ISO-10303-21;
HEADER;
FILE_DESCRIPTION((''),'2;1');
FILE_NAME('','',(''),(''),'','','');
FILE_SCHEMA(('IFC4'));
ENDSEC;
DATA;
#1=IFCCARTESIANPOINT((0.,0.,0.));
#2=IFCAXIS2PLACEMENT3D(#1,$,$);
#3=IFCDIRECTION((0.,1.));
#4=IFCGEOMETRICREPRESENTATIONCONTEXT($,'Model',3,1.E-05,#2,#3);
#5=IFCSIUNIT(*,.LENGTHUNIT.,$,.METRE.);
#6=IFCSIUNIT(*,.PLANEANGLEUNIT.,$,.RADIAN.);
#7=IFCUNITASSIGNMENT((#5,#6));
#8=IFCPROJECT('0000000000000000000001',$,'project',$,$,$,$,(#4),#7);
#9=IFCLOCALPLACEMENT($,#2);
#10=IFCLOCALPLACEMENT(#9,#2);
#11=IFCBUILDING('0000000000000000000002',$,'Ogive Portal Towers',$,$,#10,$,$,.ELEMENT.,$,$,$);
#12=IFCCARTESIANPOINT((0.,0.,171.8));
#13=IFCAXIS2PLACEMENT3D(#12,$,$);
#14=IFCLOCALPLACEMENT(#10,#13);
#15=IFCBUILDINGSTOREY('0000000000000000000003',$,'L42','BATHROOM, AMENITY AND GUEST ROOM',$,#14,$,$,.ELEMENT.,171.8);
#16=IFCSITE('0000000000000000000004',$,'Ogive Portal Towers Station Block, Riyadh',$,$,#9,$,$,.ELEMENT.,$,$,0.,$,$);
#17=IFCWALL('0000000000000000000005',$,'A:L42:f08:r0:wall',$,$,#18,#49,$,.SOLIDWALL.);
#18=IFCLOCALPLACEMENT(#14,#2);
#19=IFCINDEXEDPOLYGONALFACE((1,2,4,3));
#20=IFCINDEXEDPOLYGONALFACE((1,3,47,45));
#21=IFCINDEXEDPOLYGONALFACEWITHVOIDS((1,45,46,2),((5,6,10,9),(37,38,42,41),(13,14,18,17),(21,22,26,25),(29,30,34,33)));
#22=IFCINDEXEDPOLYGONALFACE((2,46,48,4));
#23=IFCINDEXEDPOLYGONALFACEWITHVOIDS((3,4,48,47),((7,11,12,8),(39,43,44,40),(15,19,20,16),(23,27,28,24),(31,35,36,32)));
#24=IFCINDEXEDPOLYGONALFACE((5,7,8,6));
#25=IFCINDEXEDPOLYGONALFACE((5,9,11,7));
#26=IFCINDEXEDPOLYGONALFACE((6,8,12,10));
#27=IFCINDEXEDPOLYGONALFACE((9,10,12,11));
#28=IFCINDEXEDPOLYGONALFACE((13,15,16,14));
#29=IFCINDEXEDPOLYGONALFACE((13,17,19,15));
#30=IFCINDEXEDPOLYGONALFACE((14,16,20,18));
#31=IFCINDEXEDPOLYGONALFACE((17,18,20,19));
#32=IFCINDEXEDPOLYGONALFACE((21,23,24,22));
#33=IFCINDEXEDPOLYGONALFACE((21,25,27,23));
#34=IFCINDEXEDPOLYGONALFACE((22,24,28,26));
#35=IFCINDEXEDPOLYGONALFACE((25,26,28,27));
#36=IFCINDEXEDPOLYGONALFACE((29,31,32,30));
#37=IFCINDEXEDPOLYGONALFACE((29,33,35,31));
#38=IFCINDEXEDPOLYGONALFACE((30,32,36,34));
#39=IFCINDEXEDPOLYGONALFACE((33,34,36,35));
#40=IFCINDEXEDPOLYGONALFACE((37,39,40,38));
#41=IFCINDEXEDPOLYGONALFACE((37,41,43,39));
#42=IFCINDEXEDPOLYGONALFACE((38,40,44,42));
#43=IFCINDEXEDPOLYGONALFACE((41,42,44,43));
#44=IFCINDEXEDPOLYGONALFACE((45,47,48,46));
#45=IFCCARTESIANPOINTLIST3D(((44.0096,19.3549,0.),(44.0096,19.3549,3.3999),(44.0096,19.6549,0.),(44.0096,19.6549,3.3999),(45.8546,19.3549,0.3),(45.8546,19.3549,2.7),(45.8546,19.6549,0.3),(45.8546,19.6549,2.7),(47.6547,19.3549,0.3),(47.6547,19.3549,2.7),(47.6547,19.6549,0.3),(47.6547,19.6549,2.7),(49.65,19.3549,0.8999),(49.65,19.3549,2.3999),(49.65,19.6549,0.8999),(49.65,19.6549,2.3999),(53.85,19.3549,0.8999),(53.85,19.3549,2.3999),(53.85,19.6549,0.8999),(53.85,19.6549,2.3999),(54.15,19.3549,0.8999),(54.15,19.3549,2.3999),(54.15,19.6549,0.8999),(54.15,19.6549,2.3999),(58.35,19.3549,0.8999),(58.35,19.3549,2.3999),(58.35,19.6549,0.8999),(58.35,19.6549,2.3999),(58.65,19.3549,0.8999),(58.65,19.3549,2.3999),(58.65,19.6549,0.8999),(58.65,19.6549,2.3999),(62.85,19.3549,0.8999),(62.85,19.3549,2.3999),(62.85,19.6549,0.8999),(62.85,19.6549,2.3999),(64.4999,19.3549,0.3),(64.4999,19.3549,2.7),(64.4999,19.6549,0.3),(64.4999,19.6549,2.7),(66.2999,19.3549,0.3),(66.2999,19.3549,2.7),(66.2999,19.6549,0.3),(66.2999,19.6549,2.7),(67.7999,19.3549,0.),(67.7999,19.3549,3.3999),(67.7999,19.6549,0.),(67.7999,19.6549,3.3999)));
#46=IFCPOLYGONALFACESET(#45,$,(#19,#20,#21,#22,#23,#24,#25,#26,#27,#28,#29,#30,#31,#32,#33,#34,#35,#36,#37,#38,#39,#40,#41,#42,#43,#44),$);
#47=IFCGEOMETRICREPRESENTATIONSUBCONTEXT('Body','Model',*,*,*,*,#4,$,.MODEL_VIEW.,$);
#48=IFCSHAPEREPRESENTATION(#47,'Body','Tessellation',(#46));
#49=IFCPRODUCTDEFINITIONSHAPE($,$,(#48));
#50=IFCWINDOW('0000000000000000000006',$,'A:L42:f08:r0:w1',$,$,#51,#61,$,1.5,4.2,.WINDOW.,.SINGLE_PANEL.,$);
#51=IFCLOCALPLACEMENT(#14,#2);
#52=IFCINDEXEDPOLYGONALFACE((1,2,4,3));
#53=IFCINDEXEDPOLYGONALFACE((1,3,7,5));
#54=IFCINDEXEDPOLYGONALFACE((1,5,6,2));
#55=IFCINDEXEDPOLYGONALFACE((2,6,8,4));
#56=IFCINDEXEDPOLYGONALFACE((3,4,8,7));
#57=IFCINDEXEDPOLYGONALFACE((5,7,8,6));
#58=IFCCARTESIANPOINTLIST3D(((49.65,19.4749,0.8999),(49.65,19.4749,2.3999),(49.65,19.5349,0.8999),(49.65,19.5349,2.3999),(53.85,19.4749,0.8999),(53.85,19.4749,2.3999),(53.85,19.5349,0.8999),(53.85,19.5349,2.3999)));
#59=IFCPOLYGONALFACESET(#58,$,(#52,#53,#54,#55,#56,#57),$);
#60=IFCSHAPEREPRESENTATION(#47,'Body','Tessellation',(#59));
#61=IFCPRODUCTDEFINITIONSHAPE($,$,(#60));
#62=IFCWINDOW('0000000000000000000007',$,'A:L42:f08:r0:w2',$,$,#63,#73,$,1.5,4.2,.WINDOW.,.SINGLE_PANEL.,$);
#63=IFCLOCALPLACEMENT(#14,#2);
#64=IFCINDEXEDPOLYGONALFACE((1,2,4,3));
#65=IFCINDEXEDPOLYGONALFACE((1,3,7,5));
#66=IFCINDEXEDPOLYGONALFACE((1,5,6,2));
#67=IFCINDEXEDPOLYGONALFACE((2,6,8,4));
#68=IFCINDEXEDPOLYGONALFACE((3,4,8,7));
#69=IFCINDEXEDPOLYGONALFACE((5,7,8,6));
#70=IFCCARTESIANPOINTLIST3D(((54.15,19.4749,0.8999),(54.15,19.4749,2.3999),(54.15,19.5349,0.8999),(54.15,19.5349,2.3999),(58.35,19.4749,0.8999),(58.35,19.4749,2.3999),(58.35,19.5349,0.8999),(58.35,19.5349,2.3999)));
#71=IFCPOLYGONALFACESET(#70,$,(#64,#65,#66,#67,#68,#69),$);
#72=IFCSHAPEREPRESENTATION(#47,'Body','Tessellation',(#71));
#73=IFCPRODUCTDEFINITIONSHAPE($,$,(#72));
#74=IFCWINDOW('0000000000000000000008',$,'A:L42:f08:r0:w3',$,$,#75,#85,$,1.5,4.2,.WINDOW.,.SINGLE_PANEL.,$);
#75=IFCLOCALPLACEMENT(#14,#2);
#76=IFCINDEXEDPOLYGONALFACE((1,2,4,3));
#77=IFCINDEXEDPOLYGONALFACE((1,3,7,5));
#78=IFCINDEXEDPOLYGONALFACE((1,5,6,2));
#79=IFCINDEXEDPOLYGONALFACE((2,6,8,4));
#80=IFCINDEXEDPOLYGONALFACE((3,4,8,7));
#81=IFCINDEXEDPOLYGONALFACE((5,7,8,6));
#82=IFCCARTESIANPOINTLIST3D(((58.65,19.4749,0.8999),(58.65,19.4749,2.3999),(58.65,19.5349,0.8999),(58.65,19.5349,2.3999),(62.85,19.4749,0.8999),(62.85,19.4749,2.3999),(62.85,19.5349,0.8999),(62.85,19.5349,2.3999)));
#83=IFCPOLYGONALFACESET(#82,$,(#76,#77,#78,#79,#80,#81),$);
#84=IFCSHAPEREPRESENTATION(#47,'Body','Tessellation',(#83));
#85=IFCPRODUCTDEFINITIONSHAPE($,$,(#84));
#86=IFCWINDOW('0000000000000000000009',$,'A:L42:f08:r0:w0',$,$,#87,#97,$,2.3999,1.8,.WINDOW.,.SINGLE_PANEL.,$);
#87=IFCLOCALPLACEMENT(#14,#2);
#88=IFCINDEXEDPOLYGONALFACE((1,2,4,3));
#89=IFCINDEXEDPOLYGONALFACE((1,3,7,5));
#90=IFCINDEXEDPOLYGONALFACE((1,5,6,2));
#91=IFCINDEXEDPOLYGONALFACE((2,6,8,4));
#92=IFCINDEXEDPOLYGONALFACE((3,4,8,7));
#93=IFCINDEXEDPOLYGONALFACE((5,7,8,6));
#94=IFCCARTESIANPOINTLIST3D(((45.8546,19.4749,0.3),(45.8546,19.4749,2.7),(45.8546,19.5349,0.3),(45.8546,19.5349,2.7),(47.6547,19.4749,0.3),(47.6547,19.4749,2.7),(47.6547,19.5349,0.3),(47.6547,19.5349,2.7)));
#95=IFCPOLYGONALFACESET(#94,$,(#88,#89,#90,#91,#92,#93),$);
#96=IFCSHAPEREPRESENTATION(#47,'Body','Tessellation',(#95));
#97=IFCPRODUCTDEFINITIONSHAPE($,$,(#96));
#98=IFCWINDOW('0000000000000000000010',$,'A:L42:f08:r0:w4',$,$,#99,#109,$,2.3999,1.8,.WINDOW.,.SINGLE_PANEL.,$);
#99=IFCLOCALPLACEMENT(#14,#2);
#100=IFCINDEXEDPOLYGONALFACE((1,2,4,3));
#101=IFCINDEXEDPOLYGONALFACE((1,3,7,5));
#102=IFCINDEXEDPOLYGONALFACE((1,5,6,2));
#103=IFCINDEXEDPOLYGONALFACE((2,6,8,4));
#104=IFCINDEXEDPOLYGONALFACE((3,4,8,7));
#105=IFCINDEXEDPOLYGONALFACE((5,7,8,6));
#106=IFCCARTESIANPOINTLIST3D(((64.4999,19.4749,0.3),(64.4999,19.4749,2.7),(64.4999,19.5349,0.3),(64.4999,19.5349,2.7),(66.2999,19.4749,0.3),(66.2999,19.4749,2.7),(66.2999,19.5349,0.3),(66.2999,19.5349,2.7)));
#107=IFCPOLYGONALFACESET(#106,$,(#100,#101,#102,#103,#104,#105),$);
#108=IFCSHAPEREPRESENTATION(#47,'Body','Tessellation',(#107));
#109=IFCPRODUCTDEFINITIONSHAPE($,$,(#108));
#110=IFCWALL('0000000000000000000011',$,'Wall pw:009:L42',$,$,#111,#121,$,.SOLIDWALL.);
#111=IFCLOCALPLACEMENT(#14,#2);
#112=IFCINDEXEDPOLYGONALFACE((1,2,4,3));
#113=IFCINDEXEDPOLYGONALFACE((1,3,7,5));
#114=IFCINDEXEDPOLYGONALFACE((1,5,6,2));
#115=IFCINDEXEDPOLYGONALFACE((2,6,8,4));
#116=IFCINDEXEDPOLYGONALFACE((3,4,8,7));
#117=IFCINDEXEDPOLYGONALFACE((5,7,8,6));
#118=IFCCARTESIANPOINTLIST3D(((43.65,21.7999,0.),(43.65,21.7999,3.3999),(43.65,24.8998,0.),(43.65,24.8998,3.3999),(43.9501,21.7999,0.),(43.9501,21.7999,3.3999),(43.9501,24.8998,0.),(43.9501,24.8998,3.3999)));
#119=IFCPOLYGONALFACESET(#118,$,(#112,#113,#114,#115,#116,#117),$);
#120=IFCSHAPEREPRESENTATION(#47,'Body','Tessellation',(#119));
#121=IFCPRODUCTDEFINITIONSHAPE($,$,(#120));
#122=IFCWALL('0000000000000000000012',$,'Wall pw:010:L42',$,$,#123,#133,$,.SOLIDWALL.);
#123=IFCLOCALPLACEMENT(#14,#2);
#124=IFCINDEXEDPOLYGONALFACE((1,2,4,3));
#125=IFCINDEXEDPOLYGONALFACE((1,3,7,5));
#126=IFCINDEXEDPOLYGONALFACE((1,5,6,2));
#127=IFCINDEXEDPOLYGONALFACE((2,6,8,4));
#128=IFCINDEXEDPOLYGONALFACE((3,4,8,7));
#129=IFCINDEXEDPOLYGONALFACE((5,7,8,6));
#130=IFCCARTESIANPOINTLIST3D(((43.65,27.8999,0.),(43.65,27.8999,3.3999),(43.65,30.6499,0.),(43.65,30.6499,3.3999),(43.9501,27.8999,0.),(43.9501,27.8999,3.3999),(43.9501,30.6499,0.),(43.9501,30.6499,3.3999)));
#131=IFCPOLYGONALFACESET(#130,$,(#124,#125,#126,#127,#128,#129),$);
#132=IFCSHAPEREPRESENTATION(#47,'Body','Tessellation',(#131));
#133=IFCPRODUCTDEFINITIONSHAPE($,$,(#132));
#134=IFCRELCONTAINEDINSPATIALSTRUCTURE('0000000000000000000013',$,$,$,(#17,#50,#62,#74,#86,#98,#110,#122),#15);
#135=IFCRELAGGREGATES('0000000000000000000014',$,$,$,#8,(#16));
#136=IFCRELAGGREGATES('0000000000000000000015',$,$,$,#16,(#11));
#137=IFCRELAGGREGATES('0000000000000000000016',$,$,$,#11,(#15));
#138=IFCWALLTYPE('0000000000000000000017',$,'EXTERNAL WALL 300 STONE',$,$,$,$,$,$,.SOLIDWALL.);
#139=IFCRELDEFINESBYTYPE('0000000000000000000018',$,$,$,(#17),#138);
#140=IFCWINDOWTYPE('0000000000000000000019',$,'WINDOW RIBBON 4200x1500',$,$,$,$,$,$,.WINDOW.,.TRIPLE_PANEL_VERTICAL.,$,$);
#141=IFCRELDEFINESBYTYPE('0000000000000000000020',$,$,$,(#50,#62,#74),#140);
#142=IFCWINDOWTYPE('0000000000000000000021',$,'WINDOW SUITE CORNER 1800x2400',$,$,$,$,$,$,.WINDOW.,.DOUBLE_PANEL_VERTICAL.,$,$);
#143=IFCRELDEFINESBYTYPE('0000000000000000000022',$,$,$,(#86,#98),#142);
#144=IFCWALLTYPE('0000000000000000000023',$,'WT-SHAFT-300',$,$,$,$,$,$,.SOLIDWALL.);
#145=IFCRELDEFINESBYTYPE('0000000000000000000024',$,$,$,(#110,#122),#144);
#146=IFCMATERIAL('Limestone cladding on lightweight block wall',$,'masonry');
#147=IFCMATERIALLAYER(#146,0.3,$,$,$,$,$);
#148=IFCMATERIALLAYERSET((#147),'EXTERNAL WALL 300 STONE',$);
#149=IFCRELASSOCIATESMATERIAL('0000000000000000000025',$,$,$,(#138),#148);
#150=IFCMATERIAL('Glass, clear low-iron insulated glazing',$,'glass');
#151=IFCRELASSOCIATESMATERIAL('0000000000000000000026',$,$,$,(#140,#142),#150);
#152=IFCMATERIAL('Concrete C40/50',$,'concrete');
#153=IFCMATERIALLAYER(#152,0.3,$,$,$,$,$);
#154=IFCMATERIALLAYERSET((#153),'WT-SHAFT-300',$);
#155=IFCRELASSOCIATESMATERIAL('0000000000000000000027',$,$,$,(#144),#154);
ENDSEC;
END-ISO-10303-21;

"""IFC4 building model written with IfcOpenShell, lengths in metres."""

from ifc_helpers import new_model, si_unit, direction, frame, frame_2d, origin, place, context, subcontext, project, spatial, rectangle, extrude, material, layer, layer_set, type_object, element, fill, save


model = new_model("IFC4")

# Units and contexts
model_context = context("Model", 3, precision=1e-05, world=origin(), true_north=direction((0.0, 1.0)))
body_context = subcontext(model_context, "Body", "Model", "MODEL_VIEW")
ifc_project = project(units=[si_unit("LENGTHUNIT", "METRE"), si_unit("PLANEANGLEUNIT", "RADIAN")], contexts=[model_context])

# Site, building, storey
site_placement = place(None, origin())
site = spatial("IfcSite", under=ifc_project, at=site_placement, Name="Ogive Portal Towers Station Block, Riyadh", CompositionType="ELEMENT", RefElevation=0.0)
building_placement = place(site_placement, origin())
building = spatial("IfcBuilding", under=site, at=building_placement, Name="Ogive Portal Towers", CompositionType="ELEMENT")
storey_placement = place(building_placement, frame((0.0, 0.0, 171.8)))
storey = spatial("IfcBuildingStorey", under=building, at=storey_placement, Name="L42", Description="BATHROOM, AMENITY AND GUEST ROOM", CompositionType="ELEMENT", Elevation=171.8)

# Shared definitions
ifc_material_1 = material(Name="Limestone cladding on lightweight block wall", Category="masonry")
ifc_layer_1 = layer(ifc_material_1, 0.3)
ifc_layer_set_1 = layer_set([ifc_layer_1], Name="EXTERNAL WALL 300 STONE")
wall_type_1 = type_object("IfcWallType", Name="EXTERNAL WALL 300 STONE", PredefinedType="SOLIDWALL", material=ifc_layer_set_1)

# Wall, openings, windows
wall_1_placement = place(storey_placement, frame((44.0098, 19.5049, 0.0), z_axis=(0.0, 0.0, 1.0), x_axis=(1.0, 0.0, 0.0)))
wall_1 = element("IfcWall", 1, at=wall_1_placement, inside=storey, type_object=wall_type_1, Name="A:L42:f08:r0:wall", PredefinedType="SOLIDWALL", context=body_context, shape_type="SweptSolid", body=[
    extrude(rectangle(XDim=23.7903, YDim=0.3, at=frame_2d((11.895, 0.0))), origin(), (0.0, 0.0, 1.0), 3.3999),
])
opening_1_placement = place(wall_1_placement, frame((1.845, 0.0, 0.3)))
opening_1 = element("IfcOpeningElement", 2, at=opening_1_placement, cuts=wall_1, PredefinedType="OPENING", context=body_context, shape_type="SweptSolid", body=[
    extrude(rectangle(XDim=1.8, YDim=2.3999, at=frame_2d((0.8999, 1.2))), frame((0.0, 0.1602, 0.0), z_axis=(0.0, -1.0, 0.0), x_axis=(1.0, 0.0, 0.0)), (0.0, 0.0, 1.0), 0.3201),
])
opening_2_placement = place(wall_1_placement, frame((5.6401, 0.0, 0.8999)))
opening_2 = element("IfcOpeningElement", 3, at=opening_2_placement, cuts=wall_1, PredefinedType="OPENING", context=body_context, shape_type="SweptSolid", body=[
    extrude(rectangle(XDim=4.2, YDim=1.5, at=frame_2d((2.1001, 0.75))), frame((0.0, 0.1602, 0.0), z_axis=(0.0, -1.0, 0.0), x_axis=(1.0, 0.0, 0.0)), (0.0, 0.0, 1.0), 0.3201),
])
opening_3_placement = place(wall_1_placement, frame((10.1401, 0.0, 0.8999)))
opening_3 = element("IfcOpeningElement", 4, at=opening_3_placement, cuts=wall_1, PredefinedType="OPENING", context=body_context, shape_type="SweptSolid", body=[
    extrude(rectangle(XDim=4.2, YDim=1.5, at=frame_2d((2.1001, 0.75))), frame((0.0, 0.1602, 0.0), z_axis=(0.0, -1.0, 0.0), x_axis=(1.0, 0.0, 0.0)), (0.0, 0.0, 1.0), 0.3201),
])
opening_4_placement = place(wall_1_placement, frame((14.6401, 0.0, 0.8999)))
opening_4 = element("IfcOpeningElement", 5, at=opening_4_placement, cuts=wall_1, PredefinedType="OPENING", context=body_context, shape_type="SweptSolid", body=[
    extrude(rectangle(XDim=4.2, YDim=1.5, at=frame_2d((2.1001, 0.75))), frame((0.0, 0.1602, 0.0), z_axis=(0.0, -1.0, 0.0), x_axis=(1.0, 0.0, 0.0)), (0.0, 0.0, 1.0), 0.3201),
])
opening_5_placement = place(wall_1_placement, frame((20.4902, 0.0, 0.3)))
opening_5 = element("IfcOpeningElement", 6, at=opening_5_placement, cuts=wall_1, PredefinedType="OPENING", context=body_context, shape_type="SweptSolid", body=[
    extrude(rectangle(XDim=1.8, YDim=2.3999, at=frame_2d((0.8999, 1.2))), frame((0.0, 0.1602, 0.0), z_axis=(0.0, -1.0, 0.0), x_axis=(1.0, 0.0, 0.0)), (0.0, 0.0, 1.0), 0.3201),
])
ifc_material_2 = material(Name="Glass, clear low-iron insulated glazing", Category="glass")
window_type_1 = type_object("IfcWindowType", Name="WINDOW RIBBON 4200x1500", PartitioningType="TRIPLE_PANEL_VERTICAL", PredefinedType="WINDOW", material=ifc_material_2)
window_1_placement = place(opening_2_placement, origin())
window_1 = element("IfcWindow", 7, at=window_1_placement, inside=storey, type_object=window_type_1, Name="A:L42:f08:r0:w1", OverallHeight=1.5, OverallWidth=4.2, PartitioningType="SINGLE_PANEL", PredefinedType="WINDOW", context=body_context, shape_type="SweptSolid", body=[
    extrude(rectangle(XDim=4.2, YDim=1.5, at=frame_2d((2.1001, 0.75))), frame((0.0, 0.03, 0.0), z_axis=(0.0, -1.0, 0.0), x_axis=(1.0, 0.0, 0.0)), (0.0, 0.0, 1.0), 0.0601),
])
fill(opening_2, window_1)
window_2_placement = place(opening_3_placement, origin())
window_2 = element("IfcWindow", 8, at=window_2_placement, inside=storey, type_object=window_type_1, Name="A:L42:f08:r0:w2", OverallHeight=1.5, OverallWidth=4.2, PartitioningType="SINGLE_PANEL", PredefinedType="WINDOW", context=body_context, shape_type="SweptSolid", body=[
    extrude(rectangle(XDim=4.2, YDim=1.5, at=frame_2d((2.1001, 0.75))), frame((0.0, 0.03, 0.0), z_axis=(0.0, -1.0, 0.0), x_axis=(1.0, 0.0, 0.0)), (0.0, 0.0, 1.0), 0.0601),
])
fill(opening_3, window_2)
window_3_placement = place(opening_4_placement, origin())
window_3 = element("IfcWindow", 9, at=window_3_placement, inside=storey, type_object=window_type_1, Name="A:L42:f08:r0:w3", OverallHeight=1.5, OverallWidth=4.2, PartitioningType="SINGLE_PANEL", PredefinedType="WINDOW", context=body_context, shape_type="SweptSolid", body=[
    extrude(rectangle(XDim=4.2, YDim=1.5, at=frame_2d((2.1001, 0.75))), frame((0.0, 0.03, 0.0), z_axis=(0.0, -1.0, 0.0), x_axis=(1.0, 0.0, 0.0)), (0.0, 0.0, 1.0), 0.0601),
])
fill(opening_4, window_3)
window_type_2 = type_object("IfcWindowType", Name="WINDOW SUITE CORNER 1800x2400", PartitioningType="DOUBLE_PANEL_VERTICAL", PredefinedType="WINDOW", material=ifc_material_2)
window_4_placement = place(opening_1_placement, origin())
window_4 = element("IfcWindow", 10, at=window_4_placement, inside=storey, type_object=window_type_2, Name="A:L42:f08:r0:w0", OverallHeight=2.3999, OverallWidth=1.8, PartitioningType="SINGLE_PANEL", PredefinedType="WINDOW", context=body_context, shape_type="SweptSolid", body=[
    extrude(rectangle(XDim=1.8, YDim=2.3999, at=frame_2d((0.8999, 1.2))), frame((0.0, 0.03, 0.0), z_axis=(0.0, -1.0, 0.0), x_axis=(1.0, 0.0, 0.0)), (0.0, 0.0, 1.0), 0.0601),
])
fill(opening_1, window_4)
window_5_placement = place(opening_5_placement, origin())
window_5 = element("IfcWindow", 11, at=window_5_placement, inside=storey, type_object=window_type_2, Name="A:L42:f08:r0:w4", OverallHeight=2.3999, OverallWidth=1.8, PartitioningType="SINGLE_PANEL", PredefinedType="WINDOW", context=body_context, shape_type="SweptSolid", body=[
    extrude(rectangle(XDim=1.8, YDim=2.3999, at=frame_2d((0.8999, 1.2))), frame((0.0, 0.03, 0.0), z_axis=(0.0, -1.0, 0.0), x_axis=(1.0, 0.0, 0.0)), (0.0, 0.0, 1.0), 0.0601),
])
fill(opening_5, window_5)

# Shared definitions
ifc_material_3 = material(Name="Concrete C40/50", Category="concrete")
ifc_layer_2 = layer(ifc_material_3, 0.3)
ifc_layer_set_2 = layer_set([ifc_layer_2], Name="WT-SHAFT-300")
wall_type_2 = type_object("IfcWallType", Name="WT-SHAFT-300", PredefinedType="SOLIDWALL", material=ifc_layer_set_2)

# Walls
wall_2_placement = place(storey_placement, frame((43.8, 21.8, 0.0), z_axis=(0.0, 0.0, 1.0), x_axis=(0.0, 1.0, 0.0)))
element("IfcWall", 12, at=wall_2_placement, inside=storey, type_object=wall_type_2, Name="Wall pw:009:L42", PredefinedType="SOLIDWALL", context=body_context, shape_type="SweptSolid", body=[
    extrude(rectangle(XDim=3.0999, YDim=0.3, at=frame_2d((1.5498, 0.0))), origin(), (0.0, 0.0, 1.0), 3.3999),
])
wall_3_placement = place(storey_placement, frame((43.8, 27.8999, 0.0), z_axis=(0.0, 0.0, 1.0), x_axis=(0.0, 1.0, 0.0)))
element("IfcWall", 13, at=wall_3_placement, inside=storey, type_object=wall_type_2, Name="Wall pw:010:L42", PredefinedType="SOLIDWALL", context=body_context, shape_type="SweptSolid", body=[
    extrude(rectangle(XDim=2.75, YDim=0.3, at=frame_2d((1.375, 0.0))), origin(), (0.0, 0.0, 1.0), 3.3999),
])

save(model, "model.ifc")
